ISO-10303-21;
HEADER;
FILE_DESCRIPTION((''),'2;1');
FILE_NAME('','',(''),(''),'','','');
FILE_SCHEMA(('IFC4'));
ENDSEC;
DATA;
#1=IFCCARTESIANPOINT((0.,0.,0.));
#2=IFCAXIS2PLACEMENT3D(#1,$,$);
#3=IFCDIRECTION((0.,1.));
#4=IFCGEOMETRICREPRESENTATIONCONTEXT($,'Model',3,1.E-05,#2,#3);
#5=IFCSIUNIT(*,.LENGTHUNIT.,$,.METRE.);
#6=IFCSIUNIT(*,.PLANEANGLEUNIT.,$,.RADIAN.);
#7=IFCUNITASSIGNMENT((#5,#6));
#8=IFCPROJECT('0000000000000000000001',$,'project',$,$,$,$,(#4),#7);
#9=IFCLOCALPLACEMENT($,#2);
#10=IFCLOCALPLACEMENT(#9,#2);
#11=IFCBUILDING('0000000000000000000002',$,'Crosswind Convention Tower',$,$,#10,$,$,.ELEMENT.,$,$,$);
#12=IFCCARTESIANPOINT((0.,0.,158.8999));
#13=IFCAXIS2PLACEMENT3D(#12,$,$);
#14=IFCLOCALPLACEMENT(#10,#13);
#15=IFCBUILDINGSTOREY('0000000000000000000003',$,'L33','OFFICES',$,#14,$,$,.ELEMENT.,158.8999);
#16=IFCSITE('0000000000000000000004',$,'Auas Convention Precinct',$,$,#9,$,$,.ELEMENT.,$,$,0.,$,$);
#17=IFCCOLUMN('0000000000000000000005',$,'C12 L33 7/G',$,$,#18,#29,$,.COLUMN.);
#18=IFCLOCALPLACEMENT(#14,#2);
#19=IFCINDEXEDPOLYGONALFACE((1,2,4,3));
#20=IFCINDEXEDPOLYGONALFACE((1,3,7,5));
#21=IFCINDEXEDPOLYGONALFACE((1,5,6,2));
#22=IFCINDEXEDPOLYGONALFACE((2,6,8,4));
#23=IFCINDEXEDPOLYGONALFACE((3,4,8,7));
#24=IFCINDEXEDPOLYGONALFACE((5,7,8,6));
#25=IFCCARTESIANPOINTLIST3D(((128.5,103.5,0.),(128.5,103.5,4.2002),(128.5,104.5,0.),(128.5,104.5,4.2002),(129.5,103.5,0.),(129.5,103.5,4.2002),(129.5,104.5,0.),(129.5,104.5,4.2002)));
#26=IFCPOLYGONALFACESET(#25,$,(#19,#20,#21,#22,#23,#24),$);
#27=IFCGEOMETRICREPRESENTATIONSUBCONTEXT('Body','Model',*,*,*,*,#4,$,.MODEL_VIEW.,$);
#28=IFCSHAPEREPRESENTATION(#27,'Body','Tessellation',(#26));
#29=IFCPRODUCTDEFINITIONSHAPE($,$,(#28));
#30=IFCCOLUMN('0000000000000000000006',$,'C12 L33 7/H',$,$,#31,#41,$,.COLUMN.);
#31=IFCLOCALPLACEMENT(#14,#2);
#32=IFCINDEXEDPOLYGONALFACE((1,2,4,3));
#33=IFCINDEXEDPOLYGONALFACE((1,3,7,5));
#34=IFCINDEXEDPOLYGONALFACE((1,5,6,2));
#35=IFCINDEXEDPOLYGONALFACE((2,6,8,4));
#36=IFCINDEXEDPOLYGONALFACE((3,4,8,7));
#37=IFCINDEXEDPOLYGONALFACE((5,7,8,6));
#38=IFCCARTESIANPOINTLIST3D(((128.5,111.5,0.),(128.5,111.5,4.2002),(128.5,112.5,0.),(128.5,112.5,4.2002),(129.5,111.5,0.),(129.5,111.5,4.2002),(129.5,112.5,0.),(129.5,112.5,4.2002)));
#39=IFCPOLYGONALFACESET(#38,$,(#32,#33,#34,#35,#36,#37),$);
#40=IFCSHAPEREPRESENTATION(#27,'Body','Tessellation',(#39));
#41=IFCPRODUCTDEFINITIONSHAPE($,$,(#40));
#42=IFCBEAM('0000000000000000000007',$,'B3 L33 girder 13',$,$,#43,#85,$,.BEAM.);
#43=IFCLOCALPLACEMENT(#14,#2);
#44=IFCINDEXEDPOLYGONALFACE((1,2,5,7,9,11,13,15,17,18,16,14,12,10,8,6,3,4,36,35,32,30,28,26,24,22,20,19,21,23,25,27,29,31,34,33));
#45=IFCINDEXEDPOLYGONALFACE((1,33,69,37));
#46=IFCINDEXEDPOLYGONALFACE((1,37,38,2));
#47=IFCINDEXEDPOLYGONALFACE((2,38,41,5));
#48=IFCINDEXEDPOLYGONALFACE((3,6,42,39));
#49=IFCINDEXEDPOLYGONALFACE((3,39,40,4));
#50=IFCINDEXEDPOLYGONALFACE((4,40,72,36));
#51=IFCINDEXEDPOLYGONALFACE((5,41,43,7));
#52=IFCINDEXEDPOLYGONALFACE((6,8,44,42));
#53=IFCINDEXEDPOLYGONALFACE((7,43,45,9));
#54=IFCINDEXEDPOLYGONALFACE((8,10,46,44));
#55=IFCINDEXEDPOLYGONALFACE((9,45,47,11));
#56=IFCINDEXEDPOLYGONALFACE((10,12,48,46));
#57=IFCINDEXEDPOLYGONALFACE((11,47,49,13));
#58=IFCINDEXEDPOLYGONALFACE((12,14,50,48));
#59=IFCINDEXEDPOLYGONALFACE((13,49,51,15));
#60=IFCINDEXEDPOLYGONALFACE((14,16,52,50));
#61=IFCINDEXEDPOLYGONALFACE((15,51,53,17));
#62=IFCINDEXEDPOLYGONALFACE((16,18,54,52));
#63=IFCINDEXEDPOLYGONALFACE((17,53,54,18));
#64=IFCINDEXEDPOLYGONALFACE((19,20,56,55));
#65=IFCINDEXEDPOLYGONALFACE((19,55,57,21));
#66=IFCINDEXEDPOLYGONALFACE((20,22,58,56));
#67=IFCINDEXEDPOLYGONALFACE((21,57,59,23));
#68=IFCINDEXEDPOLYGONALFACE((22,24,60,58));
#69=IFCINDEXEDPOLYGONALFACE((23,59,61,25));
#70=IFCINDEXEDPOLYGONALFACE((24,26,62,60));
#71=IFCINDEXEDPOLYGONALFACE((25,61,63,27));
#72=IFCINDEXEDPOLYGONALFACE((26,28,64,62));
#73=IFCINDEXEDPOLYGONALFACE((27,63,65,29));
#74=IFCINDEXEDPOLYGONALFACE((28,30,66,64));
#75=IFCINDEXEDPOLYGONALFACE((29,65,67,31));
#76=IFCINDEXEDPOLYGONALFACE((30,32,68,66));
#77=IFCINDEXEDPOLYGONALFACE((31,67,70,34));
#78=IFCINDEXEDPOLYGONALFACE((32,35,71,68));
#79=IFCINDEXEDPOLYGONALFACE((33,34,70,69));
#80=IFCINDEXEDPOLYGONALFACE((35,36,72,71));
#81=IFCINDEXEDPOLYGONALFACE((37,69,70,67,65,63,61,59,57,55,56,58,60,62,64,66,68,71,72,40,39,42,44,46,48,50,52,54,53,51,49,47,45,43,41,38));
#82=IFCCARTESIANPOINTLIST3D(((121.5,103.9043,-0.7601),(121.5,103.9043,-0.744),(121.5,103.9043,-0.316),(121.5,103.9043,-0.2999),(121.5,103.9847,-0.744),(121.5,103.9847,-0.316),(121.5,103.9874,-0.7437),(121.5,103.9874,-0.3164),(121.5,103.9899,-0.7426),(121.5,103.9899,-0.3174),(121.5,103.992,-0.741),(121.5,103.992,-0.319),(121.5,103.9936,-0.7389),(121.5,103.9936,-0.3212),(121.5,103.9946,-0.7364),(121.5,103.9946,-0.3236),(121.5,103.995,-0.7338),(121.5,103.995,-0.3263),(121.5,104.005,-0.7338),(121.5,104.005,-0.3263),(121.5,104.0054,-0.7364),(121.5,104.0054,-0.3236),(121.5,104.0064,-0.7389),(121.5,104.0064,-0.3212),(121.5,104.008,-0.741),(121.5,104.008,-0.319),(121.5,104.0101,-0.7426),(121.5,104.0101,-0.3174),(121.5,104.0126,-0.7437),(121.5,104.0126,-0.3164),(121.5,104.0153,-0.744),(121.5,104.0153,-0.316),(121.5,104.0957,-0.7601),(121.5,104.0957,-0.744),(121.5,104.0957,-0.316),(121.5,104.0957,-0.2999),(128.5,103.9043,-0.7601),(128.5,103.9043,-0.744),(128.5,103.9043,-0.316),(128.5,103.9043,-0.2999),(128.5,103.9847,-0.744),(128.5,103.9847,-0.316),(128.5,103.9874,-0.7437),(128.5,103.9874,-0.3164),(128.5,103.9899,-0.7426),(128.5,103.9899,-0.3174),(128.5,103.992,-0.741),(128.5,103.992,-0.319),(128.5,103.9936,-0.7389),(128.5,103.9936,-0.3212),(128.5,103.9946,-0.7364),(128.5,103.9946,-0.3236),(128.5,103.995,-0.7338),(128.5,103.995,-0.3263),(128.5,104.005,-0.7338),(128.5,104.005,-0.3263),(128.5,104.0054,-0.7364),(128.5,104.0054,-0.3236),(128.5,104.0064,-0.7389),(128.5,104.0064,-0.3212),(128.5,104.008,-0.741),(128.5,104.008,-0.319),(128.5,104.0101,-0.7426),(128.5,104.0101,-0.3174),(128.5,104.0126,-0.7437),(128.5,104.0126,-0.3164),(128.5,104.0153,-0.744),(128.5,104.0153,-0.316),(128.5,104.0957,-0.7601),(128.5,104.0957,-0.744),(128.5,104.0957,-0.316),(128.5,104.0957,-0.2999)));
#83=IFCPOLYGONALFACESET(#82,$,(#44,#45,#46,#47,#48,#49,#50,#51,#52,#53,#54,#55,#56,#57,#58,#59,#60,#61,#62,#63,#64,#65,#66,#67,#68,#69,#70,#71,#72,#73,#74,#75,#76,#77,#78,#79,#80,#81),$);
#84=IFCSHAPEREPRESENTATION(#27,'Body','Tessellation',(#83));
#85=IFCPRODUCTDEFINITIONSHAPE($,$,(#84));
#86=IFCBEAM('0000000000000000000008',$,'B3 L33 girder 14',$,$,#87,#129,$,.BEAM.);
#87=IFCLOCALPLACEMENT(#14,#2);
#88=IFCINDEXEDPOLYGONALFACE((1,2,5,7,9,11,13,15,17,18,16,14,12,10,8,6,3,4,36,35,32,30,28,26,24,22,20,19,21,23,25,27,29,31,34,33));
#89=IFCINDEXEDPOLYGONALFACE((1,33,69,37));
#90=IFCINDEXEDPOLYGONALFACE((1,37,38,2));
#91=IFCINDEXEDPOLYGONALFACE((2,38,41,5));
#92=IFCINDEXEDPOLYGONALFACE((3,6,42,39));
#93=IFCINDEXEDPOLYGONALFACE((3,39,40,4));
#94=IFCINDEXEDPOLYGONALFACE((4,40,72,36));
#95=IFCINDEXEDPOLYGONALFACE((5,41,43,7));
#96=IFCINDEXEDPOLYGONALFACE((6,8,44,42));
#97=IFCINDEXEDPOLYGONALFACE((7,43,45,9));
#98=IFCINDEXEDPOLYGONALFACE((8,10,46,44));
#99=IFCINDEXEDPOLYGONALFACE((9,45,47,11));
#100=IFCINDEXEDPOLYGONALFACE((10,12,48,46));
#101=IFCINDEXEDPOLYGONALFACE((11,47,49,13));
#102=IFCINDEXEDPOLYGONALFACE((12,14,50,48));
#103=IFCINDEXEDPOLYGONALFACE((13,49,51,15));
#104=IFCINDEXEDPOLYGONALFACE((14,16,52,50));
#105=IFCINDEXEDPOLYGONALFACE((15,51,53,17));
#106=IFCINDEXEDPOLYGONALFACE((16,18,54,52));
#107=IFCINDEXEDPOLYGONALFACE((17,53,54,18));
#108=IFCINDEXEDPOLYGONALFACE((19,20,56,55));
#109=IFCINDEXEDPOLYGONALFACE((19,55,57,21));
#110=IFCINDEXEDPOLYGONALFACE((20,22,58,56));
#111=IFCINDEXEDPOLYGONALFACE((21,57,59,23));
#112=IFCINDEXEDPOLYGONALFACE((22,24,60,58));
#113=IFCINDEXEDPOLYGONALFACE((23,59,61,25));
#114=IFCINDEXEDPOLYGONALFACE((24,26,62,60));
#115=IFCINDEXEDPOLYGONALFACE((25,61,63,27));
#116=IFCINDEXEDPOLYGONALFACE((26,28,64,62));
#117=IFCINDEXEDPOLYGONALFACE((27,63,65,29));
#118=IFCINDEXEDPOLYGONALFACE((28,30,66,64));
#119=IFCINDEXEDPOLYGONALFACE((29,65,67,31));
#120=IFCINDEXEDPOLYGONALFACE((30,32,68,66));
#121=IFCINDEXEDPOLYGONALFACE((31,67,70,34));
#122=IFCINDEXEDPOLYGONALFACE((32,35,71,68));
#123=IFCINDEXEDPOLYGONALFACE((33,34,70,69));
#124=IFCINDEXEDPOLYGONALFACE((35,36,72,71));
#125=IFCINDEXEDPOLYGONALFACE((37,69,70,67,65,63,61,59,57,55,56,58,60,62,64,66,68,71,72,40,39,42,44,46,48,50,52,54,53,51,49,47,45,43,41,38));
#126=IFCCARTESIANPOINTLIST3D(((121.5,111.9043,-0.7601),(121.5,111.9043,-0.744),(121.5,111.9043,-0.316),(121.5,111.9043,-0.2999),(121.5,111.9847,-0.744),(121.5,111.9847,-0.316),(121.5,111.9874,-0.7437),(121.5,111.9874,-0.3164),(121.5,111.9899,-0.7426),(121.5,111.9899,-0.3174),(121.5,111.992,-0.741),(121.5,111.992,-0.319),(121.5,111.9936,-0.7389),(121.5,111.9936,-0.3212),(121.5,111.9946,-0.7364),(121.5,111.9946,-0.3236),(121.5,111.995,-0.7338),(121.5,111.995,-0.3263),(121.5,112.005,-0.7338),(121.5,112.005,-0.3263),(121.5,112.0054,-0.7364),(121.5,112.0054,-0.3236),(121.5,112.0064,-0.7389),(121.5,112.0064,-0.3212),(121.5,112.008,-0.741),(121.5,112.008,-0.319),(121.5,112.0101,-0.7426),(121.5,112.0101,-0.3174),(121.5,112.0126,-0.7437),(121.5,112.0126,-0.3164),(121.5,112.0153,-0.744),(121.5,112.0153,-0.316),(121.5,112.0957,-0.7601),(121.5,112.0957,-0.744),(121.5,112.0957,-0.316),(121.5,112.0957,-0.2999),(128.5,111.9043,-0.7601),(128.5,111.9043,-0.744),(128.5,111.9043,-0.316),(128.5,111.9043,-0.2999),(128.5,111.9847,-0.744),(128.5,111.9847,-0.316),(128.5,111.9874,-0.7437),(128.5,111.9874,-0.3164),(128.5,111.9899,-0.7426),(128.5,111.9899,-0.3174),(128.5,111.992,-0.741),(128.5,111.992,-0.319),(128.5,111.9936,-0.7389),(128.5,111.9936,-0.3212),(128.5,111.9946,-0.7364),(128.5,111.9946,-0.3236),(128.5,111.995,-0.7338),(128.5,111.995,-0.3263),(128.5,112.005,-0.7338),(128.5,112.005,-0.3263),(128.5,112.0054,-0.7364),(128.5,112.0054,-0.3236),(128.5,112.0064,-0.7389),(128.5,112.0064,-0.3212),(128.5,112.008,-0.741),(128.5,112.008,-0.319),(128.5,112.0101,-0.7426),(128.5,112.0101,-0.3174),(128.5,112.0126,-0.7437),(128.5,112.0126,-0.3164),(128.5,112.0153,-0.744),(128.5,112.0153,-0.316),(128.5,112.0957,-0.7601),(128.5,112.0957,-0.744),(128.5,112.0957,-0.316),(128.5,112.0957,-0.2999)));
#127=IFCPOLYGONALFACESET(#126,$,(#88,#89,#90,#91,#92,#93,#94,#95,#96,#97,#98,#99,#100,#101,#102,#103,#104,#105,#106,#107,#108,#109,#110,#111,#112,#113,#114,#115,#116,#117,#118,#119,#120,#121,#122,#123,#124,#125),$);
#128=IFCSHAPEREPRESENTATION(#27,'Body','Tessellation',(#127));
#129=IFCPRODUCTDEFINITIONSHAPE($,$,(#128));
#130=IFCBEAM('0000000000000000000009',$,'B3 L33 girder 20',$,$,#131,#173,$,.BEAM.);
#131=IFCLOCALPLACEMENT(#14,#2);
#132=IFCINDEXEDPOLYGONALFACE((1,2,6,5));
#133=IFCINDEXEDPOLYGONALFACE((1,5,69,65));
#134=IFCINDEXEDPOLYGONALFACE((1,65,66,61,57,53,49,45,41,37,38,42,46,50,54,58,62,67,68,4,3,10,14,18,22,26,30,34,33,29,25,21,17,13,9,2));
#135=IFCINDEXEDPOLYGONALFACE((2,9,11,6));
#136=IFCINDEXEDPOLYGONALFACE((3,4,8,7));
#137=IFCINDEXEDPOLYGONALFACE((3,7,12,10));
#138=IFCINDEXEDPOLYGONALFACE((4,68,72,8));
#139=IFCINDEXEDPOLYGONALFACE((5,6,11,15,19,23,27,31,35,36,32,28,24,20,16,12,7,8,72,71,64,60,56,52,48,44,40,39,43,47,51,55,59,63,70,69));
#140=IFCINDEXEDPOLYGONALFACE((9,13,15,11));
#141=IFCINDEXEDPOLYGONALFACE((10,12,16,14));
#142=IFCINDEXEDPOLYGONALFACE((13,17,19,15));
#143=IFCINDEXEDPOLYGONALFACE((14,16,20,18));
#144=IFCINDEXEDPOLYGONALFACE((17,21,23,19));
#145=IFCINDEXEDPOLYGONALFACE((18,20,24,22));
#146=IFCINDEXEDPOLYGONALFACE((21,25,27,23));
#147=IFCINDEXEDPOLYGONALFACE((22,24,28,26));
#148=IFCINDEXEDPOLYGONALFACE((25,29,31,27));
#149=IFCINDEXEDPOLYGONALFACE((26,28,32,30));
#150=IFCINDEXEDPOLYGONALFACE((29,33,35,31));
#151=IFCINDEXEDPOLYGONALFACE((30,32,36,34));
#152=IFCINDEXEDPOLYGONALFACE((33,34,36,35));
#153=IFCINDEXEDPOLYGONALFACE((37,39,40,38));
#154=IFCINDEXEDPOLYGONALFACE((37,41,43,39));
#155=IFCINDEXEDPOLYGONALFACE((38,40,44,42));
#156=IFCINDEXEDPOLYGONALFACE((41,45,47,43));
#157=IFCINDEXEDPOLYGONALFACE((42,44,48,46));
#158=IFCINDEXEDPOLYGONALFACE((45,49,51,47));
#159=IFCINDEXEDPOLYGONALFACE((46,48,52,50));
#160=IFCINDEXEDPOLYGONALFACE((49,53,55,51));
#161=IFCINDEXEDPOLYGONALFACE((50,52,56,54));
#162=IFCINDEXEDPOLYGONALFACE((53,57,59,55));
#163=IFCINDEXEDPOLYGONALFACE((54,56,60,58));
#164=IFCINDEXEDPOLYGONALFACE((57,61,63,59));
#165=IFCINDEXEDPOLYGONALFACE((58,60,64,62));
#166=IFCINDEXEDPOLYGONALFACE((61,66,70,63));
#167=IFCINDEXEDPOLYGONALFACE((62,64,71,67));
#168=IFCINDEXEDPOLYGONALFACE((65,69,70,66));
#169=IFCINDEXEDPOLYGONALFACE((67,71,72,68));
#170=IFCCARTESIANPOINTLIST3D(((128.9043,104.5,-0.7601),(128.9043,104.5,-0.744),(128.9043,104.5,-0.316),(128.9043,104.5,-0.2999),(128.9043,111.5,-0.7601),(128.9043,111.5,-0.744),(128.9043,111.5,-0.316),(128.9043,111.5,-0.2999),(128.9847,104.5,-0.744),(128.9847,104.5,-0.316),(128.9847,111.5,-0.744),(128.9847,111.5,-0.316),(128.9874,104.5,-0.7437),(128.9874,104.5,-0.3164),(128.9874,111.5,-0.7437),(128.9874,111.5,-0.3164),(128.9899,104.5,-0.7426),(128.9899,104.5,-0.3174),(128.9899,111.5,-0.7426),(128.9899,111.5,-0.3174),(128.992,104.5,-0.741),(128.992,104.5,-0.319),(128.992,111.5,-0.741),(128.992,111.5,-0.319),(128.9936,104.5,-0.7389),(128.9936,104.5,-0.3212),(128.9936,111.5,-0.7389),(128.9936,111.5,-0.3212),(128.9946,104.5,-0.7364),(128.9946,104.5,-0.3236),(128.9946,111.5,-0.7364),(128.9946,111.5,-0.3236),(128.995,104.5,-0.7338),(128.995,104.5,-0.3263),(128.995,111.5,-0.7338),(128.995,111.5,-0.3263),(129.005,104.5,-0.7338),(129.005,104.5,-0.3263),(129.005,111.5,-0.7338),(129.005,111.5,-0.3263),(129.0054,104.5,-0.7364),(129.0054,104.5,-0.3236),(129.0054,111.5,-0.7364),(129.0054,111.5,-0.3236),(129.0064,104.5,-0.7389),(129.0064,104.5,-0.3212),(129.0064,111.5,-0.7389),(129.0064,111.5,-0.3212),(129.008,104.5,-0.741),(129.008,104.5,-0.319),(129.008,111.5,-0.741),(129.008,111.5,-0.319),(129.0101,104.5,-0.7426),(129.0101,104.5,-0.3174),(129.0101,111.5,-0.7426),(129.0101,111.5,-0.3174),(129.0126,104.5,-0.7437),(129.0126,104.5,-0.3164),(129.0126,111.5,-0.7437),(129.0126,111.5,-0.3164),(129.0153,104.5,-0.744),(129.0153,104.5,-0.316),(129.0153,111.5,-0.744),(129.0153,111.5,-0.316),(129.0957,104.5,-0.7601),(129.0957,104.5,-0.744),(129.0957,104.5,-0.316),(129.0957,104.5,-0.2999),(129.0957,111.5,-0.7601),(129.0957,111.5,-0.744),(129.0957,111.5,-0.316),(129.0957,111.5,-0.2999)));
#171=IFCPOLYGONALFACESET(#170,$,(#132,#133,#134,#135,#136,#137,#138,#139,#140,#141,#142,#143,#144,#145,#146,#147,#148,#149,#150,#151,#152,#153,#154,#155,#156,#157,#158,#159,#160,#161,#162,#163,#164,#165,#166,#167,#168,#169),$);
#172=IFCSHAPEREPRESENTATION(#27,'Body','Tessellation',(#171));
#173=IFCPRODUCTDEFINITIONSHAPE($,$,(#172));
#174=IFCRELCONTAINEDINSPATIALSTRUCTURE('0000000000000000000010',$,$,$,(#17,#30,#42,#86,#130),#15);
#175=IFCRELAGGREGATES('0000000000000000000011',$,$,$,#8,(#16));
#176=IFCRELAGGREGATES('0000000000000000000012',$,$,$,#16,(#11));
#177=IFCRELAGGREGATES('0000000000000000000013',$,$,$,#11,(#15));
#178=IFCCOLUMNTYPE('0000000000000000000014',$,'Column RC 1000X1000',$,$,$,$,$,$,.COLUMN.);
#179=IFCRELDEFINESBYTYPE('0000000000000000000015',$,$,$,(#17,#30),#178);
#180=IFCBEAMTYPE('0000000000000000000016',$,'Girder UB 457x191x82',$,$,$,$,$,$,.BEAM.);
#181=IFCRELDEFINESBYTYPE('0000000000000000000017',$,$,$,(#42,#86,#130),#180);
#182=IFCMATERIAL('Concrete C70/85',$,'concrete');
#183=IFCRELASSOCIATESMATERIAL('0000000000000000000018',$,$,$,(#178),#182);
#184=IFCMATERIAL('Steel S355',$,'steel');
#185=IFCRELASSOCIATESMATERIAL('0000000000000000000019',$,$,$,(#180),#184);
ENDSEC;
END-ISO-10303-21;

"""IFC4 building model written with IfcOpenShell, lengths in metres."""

from ifc_helpers import new_model, si_unit, direction, frame, origin, origin_2d, place, context, subcontext, project, spatial, rectangle, i_section, extrude, material, material_profile, profile_set, type_object, element, save


model = new_model("IFC4")

# Units and contexts
model_context = context("Model", 3, precision=1e-05, world=origin(), true_north=direction((0.0, 1.0)))
body_context = subcontext(model_context, "Body", "Model", "MODEL_VIEW")
ifc_project = project(units=[si_unit("LENGTHUNIT", "METRE"), si_unit("PLANEANGLEUNIT", "RADIAN")], contexts=[model_context])

# Site, building, storey
site_placement = place(None, origin())
site = spatial("IfcSite", under=ifc_project, at=site_placement, Name="Auas Convention Precinct", CompositionType="ELEMENT", RefElevation=0.0)
building_placement = place(site_placement, origin())
building = spatial("IfcBuilding", under=site, at=building_placement, Name="Crosswind Convention Tower", CompositionType="ELEMENT")
storey_placement = place(building_placement, frame((0.0, 0.0, 158.8999)))
storey = spatial("IfcBuildingStorey", under=building, at=storey_placement, Name="L33", Description="OFFICES", CompositionType="ELEMENT", Elevation=158.8999)

# Columns
ifc_material_1 = material(Name="Concrete C70/85", Category="concrete")
ifc_material_profile_1 = material_profile(ifc_material_1, rectangle(XDim=1.0, YDim=1.0, at=origin_2d()), Name="RC 1000X1000")
ifc_profile_set_1 = profile_set([ifc_material_profile_1], Name="Concrete C70/85")
column_type = type_object("IfcColumnType", Name="Column RC 1000X1000", PredefinedType="COLUMN", material=ifc_profile_set_1)
for number, where, z_axis, x_axis, name in (
    (1, (129.0, 104.0, 0.0), (0.0, 0.0, 1.0), (1.0, 0.0, 0.0), "C12 L33 7/G"),
    (2, (129.0, 112.0, 0.0), (0.0, 0.0, 1.0), (1.0, 0.0, 0.0), "C12 L33 7/H"),
):
    element("IfcColumn", number, at=place(storey_placement, frame(where, z_axis=z_axis, x_axis=x_axis)), inside=storey, type_object=column_type, Name=name, PredefinedType="COLUMN", context=body_context, shape_type="SweptSolid", body=[
        extrude(rectangle(XDim=1.0, YDim=1.0, at=origin_2d()), origin(), (0.0, 0.0, 1.0), 4.2002),
    ])

# Beams
ifc_material_2 = material(Name="Steel S355", Category="steel")
ifc_material_profile_2 = material_profile(ifc_material_2, i_section(OverallWidth=0.1914, OverallDepth=0.4602, WebThickness=0.01, FlangeThickness=0.0161, FilletRadius=0.0103, at=origin_2d()), Name="UB 457x191x82")
ifc_profile_set_2 = profile_set([ifc_material_profile_2], Name="Steel S355")
beam_type_1 = type_object("IfcBeamType", Name="Girder UB 457x191x82", PredefinedType="BEAM", material=ifc_profile_set_2)
for number, where, z_axis, x_axis, name in (
    (3, (121.5, 104.0, -0.53), (1.0, 0.0, 0.0), (0.0, 1.0, 0.0), "B3 L33 girder 13"),
    (4, (121.5, 112.0, -0.53), (1.0, 0.0, 0.0), (0.0, 1.0, 0.0), "B3 L33 girder 14"),
    (5, (129.0, 104.5, -0.53), (0.0, 1.0, 0.0), (-1.0, 0.0, 0.0), "B3 L33 girder 20"),
):
    element("IfcBeam", number, at=place(storey_placement, frame(where, z_axis=z_axis, x_axis=x_axis)), inside=storey, type_object=beam_type_1, Name=name, PredefinedType="BEAM", context=body_context, shape_type="SweptSolid", body=[
        extrude(i_section(OverallWidth=0.1914, OverallDepth=0.4602, WebThickness=0.01, FlangeThickness=0.0161, FilletRadius=0.0103, at=origin_2d()), origin(), (0.0, 0.0, 1.0), 7.0),
    ])

save(model, "model.ifc")
